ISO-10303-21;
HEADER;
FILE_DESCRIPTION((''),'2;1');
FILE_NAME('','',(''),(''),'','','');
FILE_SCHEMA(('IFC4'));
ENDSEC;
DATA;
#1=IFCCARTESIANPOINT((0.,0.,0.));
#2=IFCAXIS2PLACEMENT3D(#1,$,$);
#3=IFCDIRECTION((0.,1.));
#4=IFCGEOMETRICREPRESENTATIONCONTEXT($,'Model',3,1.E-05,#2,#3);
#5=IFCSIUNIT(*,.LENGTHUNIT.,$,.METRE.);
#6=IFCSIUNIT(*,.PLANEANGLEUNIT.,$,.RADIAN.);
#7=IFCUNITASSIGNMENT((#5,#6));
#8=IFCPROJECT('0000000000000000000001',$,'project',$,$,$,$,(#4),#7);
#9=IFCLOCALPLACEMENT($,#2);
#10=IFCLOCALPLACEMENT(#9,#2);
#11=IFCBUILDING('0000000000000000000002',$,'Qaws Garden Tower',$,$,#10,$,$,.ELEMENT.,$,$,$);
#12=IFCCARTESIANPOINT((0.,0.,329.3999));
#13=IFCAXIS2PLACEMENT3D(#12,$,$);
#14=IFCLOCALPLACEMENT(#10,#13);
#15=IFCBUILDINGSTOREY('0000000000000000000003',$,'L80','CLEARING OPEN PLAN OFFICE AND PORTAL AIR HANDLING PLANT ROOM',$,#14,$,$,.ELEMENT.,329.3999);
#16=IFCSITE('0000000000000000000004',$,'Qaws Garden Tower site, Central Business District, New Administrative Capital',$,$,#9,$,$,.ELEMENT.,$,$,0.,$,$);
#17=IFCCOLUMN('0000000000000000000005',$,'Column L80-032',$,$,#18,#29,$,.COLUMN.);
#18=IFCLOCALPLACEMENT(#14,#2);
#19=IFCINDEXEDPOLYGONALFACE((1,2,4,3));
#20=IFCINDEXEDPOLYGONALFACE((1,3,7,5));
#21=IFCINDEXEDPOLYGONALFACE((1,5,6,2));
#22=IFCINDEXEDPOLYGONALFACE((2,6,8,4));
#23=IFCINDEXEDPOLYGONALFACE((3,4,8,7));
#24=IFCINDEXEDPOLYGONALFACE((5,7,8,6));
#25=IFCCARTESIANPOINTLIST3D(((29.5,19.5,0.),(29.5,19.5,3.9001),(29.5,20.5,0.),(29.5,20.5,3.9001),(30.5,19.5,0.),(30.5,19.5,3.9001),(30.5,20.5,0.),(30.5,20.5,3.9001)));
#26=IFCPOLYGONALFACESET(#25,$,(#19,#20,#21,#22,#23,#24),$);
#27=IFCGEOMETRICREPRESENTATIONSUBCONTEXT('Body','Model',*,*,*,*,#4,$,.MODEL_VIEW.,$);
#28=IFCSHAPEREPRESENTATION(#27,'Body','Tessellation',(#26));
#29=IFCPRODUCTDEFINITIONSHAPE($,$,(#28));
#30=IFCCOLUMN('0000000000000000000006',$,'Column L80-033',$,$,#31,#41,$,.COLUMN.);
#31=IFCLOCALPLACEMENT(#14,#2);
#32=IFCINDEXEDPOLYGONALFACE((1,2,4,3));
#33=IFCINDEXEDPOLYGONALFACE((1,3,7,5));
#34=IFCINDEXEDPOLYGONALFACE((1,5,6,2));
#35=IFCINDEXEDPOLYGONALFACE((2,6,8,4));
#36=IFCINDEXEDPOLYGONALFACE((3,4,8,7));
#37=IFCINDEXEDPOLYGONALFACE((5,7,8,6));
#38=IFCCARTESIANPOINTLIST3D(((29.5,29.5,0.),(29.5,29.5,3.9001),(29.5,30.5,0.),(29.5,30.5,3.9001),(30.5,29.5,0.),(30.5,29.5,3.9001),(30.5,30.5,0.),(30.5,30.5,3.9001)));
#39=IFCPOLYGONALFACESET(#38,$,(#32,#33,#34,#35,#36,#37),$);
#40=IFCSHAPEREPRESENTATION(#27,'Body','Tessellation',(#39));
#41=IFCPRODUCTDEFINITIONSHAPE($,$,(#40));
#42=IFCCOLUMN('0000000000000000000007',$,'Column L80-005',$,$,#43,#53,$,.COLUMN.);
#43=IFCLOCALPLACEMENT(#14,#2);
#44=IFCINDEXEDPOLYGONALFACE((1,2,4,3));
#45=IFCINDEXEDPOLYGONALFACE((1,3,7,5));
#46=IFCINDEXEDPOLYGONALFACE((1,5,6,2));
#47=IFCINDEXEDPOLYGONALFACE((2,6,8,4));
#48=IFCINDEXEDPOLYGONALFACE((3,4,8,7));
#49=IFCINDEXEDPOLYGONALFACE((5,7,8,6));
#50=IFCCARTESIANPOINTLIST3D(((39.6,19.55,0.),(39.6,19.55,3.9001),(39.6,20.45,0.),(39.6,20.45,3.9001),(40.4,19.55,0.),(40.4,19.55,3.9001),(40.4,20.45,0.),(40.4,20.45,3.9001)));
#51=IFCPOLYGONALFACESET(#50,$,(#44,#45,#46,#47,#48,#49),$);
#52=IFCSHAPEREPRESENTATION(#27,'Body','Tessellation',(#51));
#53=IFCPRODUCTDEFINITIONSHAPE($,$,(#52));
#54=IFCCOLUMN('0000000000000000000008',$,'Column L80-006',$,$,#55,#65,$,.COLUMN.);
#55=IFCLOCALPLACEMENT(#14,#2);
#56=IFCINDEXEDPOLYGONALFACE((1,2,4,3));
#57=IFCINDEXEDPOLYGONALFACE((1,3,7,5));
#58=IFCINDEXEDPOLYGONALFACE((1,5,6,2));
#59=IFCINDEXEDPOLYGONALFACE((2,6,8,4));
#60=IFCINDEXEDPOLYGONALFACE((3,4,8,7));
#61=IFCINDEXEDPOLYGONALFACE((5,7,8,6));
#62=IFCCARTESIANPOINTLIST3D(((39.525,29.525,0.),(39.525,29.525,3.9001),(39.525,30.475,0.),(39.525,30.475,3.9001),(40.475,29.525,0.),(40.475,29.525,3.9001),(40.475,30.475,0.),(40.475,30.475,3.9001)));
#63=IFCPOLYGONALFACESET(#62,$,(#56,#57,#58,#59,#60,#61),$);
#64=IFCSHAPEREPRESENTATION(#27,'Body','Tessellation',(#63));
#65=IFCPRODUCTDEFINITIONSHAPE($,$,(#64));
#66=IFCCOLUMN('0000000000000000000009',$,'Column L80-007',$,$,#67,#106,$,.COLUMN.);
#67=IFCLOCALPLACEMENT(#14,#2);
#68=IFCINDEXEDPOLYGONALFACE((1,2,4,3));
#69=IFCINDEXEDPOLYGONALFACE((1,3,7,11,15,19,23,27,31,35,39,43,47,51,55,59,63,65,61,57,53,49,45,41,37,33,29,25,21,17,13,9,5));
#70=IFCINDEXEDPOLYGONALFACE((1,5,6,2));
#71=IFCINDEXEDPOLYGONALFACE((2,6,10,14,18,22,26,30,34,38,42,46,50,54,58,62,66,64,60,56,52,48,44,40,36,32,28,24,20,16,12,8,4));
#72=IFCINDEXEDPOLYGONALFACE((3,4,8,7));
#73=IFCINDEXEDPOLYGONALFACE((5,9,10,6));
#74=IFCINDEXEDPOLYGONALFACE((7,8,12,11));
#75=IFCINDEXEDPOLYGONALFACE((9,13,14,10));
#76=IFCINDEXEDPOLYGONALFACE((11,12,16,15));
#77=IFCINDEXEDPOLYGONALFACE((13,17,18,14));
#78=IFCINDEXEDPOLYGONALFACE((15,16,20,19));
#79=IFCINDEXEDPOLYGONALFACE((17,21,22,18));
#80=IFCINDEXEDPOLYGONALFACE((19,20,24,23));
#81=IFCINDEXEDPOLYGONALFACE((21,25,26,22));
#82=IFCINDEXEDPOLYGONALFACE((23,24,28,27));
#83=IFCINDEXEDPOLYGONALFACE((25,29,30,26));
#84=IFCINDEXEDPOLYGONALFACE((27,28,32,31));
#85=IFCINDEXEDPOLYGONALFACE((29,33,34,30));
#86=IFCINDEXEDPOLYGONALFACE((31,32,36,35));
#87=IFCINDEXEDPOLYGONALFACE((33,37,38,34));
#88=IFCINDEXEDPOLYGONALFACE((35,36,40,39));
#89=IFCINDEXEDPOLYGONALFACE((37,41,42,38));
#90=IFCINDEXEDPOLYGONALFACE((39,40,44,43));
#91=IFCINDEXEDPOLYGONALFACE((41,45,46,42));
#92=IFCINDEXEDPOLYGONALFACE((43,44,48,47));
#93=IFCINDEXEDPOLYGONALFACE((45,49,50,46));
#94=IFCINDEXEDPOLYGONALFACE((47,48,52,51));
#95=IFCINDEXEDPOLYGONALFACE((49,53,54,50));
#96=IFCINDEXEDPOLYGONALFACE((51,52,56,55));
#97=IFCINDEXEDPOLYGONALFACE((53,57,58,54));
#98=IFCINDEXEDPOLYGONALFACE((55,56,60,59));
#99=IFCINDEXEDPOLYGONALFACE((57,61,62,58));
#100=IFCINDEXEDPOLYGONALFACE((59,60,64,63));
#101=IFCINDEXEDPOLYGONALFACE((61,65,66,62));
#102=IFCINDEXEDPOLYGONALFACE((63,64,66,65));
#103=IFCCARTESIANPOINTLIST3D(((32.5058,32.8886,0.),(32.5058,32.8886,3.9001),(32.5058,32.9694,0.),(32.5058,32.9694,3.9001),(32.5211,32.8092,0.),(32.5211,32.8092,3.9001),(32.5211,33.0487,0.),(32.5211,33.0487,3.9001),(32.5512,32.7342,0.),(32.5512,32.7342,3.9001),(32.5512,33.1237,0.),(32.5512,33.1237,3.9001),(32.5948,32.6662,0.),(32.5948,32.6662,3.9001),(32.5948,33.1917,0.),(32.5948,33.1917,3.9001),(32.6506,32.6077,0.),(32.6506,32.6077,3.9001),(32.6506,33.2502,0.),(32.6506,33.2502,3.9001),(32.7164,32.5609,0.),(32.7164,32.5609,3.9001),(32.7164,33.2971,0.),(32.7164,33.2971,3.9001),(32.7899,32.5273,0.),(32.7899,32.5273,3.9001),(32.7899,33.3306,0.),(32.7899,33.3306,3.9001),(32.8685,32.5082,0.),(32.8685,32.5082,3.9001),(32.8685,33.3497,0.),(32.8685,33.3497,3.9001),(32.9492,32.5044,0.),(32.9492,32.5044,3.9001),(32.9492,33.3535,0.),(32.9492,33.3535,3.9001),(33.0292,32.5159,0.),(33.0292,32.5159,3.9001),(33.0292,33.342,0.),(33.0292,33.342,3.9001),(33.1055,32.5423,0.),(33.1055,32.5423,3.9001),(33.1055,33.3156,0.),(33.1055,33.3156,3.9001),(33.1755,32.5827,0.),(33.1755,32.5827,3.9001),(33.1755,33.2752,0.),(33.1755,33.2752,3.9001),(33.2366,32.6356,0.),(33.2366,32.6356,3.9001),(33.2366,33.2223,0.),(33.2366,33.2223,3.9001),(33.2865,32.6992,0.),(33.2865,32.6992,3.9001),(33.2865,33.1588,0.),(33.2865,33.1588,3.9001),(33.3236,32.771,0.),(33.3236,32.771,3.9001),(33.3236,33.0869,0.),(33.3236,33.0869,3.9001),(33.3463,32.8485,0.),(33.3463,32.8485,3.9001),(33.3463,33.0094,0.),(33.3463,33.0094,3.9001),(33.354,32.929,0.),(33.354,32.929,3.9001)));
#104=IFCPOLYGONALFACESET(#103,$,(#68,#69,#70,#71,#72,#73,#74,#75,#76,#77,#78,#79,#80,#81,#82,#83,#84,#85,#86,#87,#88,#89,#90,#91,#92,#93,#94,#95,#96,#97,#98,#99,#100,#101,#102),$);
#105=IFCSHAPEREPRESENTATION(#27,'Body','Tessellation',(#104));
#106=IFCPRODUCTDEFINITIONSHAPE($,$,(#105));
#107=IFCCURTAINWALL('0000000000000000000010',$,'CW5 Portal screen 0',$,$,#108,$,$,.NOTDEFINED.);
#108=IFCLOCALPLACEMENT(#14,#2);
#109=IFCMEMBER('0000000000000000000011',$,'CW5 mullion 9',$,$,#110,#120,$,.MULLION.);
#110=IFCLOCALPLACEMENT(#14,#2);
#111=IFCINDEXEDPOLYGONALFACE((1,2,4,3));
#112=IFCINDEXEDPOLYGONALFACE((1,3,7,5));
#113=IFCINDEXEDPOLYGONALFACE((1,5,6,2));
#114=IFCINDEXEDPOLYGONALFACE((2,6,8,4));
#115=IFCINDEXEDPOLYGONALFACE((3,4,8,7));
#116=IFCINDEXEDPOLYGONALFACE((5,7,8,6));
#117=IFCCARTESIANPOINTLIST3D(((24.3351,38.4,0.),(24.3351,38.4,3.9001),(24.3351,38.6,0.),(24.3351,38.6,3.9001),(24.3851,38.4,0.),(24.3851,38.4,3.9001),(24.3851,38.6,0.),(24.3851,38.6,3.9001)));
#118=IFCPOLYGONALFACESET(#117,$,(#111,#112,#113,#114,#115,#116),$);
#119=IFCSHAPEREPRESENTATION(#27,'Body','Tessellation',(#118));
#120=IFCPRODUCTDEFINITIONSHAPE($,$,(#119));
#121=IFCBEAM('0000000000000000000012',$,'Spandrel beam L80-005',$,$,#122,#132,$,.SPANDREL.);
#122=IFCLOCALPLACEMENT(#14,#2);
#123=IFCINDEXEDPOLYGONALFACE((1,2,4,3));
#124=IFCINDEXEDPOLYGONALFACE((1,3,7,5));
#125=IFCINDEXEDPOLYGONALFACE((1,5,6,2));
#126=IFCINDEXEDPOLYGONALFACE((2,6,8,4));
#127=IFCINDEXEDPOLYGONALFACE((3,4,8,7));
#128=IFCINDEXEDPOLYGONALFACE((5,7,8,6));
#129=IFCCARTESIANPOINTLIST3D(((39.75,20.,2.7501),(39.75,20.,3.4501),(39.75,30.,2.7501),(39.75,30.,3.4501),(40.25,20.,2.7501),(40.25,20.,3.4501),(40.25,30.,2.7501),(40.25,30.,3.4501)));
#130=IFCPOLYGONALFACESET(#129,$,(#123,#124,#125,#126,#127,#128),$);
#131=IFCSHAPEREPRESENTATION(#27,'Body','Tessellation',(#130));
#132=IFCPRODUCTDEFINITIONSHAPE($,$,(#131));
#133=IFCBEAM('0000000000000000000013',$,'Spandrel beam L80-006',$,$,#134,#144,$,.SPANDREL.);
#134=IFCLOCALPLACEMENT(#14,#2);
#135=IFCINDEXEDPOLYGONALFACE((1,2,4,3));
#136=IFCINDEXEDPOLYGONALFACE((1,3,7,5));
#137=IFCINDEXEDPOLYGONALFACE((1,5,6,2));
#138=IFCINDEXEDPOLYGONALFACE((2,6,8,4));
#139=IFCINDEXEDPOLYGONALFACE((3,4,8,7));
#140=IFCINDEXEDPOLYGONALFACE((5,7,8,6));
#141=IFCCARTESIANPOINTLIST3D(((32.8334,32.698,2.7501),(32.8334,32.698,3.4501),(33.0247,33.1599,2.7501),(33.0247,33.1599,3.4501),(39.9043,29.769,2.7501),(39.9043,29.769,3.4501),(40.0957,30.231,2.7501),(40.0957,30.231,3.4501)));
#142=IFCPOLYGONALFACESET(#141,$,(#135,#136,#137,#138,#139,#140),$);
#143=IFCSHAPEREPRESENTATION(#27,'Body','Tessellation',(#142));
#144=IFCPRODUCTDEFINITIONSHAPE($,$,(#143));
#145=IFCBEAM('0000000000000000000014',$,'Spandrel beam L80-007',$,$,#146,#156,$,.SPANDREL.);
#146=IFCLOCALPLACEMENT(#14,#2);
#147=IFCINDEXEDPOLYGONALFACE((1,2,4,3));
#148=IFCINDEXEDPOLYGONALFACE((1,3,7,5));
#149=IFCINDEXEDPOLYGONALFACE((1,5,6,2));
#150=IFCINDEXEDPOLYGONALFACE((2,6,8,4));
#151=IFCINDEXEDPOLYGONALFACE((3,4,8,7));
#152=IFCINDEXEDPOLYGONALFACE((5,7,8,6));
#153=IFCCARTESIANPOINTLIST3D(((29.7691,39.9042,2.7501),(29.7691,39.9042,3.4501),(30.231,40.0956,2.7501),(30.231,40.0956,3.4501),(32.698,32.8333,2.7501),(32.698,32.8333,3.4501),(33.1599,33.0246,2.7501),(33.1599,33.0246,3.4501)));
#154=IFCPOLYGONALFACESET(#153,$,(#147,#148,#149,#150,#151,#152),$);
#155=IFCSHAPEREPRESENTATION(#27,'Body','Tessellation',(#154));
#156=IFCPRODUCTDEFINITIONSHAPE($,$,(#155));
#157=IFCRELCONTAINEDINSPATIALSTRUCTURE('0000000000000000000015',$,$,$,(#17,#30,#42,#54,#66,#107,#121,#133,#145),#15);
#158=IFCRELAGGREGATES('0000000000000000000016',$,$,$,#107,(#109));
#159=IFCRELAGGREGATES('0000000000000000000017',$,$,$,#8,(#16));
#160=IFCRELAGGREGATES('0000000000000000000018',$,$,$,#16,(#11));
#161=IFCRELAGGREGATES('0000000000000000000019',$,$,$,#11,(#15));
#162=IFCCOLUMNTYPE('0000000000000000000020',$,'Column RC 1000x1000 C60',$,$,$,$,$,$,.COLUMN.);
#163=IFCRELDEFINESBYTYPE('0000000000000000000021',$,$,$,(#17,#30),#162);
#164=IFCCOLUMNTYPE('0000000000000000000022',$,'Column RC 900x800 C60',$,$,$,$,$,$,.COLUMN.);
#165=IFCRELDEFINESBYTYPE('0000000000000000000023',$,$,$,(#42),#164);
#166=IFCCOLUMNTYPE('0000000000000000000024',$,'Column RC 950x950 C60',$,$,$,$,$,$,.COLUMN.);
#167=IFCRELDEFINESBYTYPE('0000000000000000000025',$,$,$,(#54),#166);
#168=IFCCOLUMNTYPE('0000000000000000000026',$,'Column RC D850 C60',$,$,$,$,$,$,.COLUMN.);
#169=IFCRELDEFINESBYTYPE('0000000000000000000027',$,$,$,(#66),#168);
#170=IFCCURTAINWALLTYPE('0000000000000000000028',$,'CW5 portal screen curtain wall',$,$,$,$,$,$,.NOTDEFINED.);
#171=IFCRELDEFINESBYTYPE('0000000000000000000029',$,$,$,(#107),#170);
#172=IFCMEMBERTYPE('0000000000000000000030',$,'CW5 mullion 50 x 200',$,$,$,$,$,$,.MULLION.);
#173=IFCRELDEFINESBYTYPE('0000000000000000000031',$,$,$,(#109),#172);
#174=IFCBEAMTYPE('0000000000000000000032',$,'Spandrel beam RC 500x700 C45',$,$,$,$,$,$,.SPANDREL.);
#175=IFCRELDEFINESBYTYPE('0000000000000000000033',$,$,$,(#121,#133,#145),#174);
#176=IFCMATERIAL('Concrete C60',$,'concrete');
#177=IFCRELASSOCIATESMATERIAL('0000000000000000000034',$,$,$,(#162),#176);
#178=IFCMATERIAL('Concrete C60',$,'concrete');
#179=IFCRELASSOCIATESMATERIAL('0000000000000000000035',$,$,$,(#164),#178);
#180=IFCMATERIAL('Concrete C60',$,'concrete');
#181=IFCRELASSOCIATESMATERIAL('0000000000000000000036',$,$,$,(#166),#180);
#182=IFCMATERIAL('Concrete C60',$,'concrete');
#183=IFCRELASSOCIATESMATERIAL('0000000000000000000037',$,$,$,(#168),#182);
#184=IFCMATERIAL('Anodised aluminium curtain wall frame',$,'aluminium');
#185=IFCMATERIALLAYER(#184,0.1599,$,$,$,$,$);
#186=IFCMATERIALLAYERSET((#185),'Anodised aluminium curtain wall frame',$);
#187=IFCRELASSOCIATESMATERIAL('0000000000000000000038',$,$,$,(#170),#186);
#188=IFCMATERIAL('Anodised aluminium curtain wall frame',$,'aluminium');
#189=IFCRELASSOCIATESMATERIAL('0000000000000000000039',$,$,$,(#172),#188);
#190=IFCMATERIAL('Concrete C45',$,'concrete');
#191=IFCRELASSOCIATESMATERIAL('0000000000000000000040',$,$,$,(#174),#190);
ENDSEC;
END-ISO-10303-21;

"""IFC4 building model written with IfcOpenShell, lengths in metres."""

from ifc_helpers import new_model, si_unit, direction, frame, origin, origin_2d, place, context, subcontext, project, spatial, rectangle, circle, extrude, material, layer, layer_set, material_profile, profile_set, type_object, element, aggregate, save


model = new_model("IFC4")

# Units and contexts
model_context = context("Model", 3, precision=1e-05, world=origin(), true_north=direction((0.0, 1.0)))
body_context = subcontext(model_context, "Body", "Model", "MODEL_VIEW")
ifc_project = project(units=[si_unit("LENGTHUNIT", "METRE"), si_unit("PLANEANGLEUNIT", "RADIAN")], contexts=[model_context])

# Site, building, storey
site_placement = place(None, origin())
site = spatial("IfcSite", under=ifc_project, at=site_placement, Name="Qaws Garden Tower site, Central Business District, New Administrative Capital", CompositionType="ELEMENT", RefElevation=0.0)
building_placement = place(site_placement, origin())
building = spatial("IfcBuilding", under=site, at=building_placement, Name="Qaws Garden Tower", CompositionType="ELEMENT")
storey_placement = place(building_placement, frame((0.0, 0.0, 329.3999)))
storey = spatial("IfcBuildingStorey", under=building, at=storey_placement, Name="L80", Description="CLEARING OPEN PLAN OFFICE AND PORTAL AIR HANDLING PLANT ROOM", CompositionType="ELEMENT", Elevation=329.3999)

# Columns
ifc_material_1 = material(Name="Concrete C60", Category="concrete")
ifc_material_profile_1 = material_profile(ifc_material_1, rectangle(XDim=1.0, YDim=1.0, at=origin_2d()), Name="RC 1000x1000")
ifc_profile_set_1 = profile_set([ifc_material_profile_1], Name="Concrete C60")
column_type_1 = type_object("IfcColumnType", Name="Column RC 1000x1000 C60", PredefinedType="COLUMN", material=ifc_profile_set_1)
for number, where, z_axis, x_axis, name in (
    (1, (30.0, 20.0, 0.0), (0.0, 0.0, 1.0), (1.0, 0.0, 0.0), "Column L80-032"),
    (2, (30.0, 30.0, 0.0), (0.0, 0.0, 1.0), (1.0, 0.0, 0.0), "Column L80-033"),
):
    element("IfcColumn", number, at=place(storey_placement, frame(where, z_axis=z_axis, x_axis=x_axis)), inside=storey, type_object=column_type_1, Name=name, PredefinedType="COLUMN", context=body_context, shape_type="SweptSolid", body=[
        extrude(rectangle(XDim=1.0, YDim=1.0, at=origin_2d()), origin(), (0.0, 0.0, 1.0), 3.9001),
    ])
ifc_material_2 = material(Name="Concrete C60", Category="concrete")
ifc_material_profile_2 = material_profile(ifc_material_2, rectangle(XDim=0.8999, YDim=0.8, at=origin_2d()), Name="RC 900x800")
ifc_profile_set_2 = profile_set([ifc_material_profile_2], Name="Concrete C60")
column_type_2 = type_object("IfcColumnType", Name="Column RC 900x800 C60", PredefinedType="COLUMN", material=ifc_profile_set_2)
column_1_placement = place(storey_placement, frame((40.0, 20.0, 0.0), z_axis=(0.0, 0.0, 1.0), x_axis=(0.0, 1.0, 0.0)))
element("IfcColumn", 3, at=column_1_placement, inside=storey, type_object=column_type_2, Name="Column L80-005", PredefinedType="COLUMN", context=body_context, shape_type="SweptSolid", body=[
    extrude(rectangle(XDim=0.8999, YDim=0.8, at=origin_2d()), origin(), (0.0, 0.0, 1.0), 3.9001),
])
ifc_material_3 = material(Name="Concrete C60", Category="concrete")
ifc_material_profile_3 = material_profile(ifc_material_3, rectangle(XDim=0.95, YDim=0.95, at=origin_2d()), Name="RC 950x950")
ifc_profile_set_3 = profile_set([ifc_material_profile_3], Name="Concrete C60")
column_type_3 = type_object("IfcColumnType", Name="Column RC 950x950 C60", PredefinedType="COLUMN", material=ifc_profile_set_3)
column_2_placement = place(storey_placement, frame((40.0, 30.0, 0.0), z_axis=(0.0, 0.0, 1.0), x_axis=(1.0, 0.0, 0.0)))
element("IfcColumn", 4, at=column_2_placement, inside=storey, type_object=column_type_3, Name="Column L80-006", PredefinedType="COLUMN", context=body_context, shape_type="SweptSolid", body=[
    extrude(rectangle(XDim=0.95, YDim=0.95, at=origin_2d()), origin(), (0.0, 0.0, 1.0), 3.9001),
])
ifc_material_4 = material(Name="Concrete C60", Category="concrete")
ifc_material_profile_4 = material_profile(ifc_material_4, circle(Radius=0.425, at=origin_2d()), Name="RC D850")
ifc_profile_set_4 = profile_set([ifc_material_profile_4], Name="Concrete C60")
column_type_4 = type_object("IfcColumnType", Name="Column RC D850 C60", PredefinedType="COLUMN", material=ifc_profile_set_4)
column_3_placement = place(storey_placement, frame((32.929, 32.929, 0.0), z_axis=(0.0, 0.0, 1.0), x_axis=(1.0, 0.0, 0.0)))
element("IfcColumn", 5, at=column_3_placement, inside=storey, type_object=column_type_4, Name="Column L80-007", PredefinedType="COLUMN", context=body_context, shape_type="SweptSolid", body=[
    extrude(circle(Radius=0.425, at=origin_2d()), origin(), (0.0, 0.0, 1.0), 3.9001),
])

# Curtain wall, member
ifc_material_5 = material(Name="Anodised aluminium curtain wall frame", Category="aluminium")
ifc_layer_1 = layer(ifc_material_5, 0.1599)
ifc_layer_set_1 = layer_set([ifc_layer_1], Name="Anodised aluminium curtain wall frame")
curtain_wall_type = type_object("IfcCurtainWallType", Name="CW5 portal screen curtain wall", PredefinedType="NOTDEFINED", material=ifc_layer_set_1)
curtain_wall_placement = place(storey_placement, origin())
curtain_wall = element("IfcCurtainWall", 6, at=curtain_wall_placement, inside=storey, type_object=curtain_wall_type, Name="CW5 Portal screen 0", PredefinedType="NOTDEFINED")
ifc_material_6 = material(Name="Anodised aluminium curtain wall frame", Category="aluminium")
ifc_material_profile_5 = material_profile(ifc_material_6, rectangle(XDim=0.2, YDim=0.05, at=origin_2d()), Name="AL 50x200")
ifc_profile_set_5 = profile_set([ifc_material_profile_5], Name="Anodised aluminium curtain wall frame")
member_type = type_object("IfcMemberType", Name="CW5 mullion 50 x 200", PredefinedType="MULLION", material=ifc_profile_set_5)
member_placement = place(storey_placement, frame((24.3601, 38.5, 0.0), z_axis=(0.0, 0.0, 1.0), x_axis=(0.0, 1.0, 0.0)))
member = element("IfcMember", 7, at=member_placement, type_object=member_type, Name="CW5 mullion 9", PredefinedType="MULLION", context=body_context, shape_type="SweptSolid", body=[
    extrude(rectangle(XDim=0.2, YDim=0.05, at=origin_2d()), origin(), (0.0, 0.0, 1.0), 3.9001),
])
aggregate(curtain_wall, [member])

# Beams
ifc_material_7 = material(Name="Concrete C45", Category="concrete")
ifc_material_profile_6 = material_profile(ifc_material_7, rectangle(XDim=0.5, YDim=0.7, at=origin_2d()), Name="RC 500x700")
ifc_profile_set_6 = profile_set([ifc_material_profile_6], Name="Concrete C45")
beam_type = type_object("IfcBeamType", Name="Spandrel beam RC 500x700 C45", PredefinedType="SPANDREL", material=ifc_profile_set_6)
beam_placement = place(storey_placement, frame((40.0, 20.0, 3.1001), z_axis=(0.0, 1.0, 0.0), x_axis=(-1.0, 0.0, 0.0)))
element("IfcBeam", 8, at=beam_placement, inside=storey, type_object=beam_type, Name="Spandrel beam L80-005", PredefinedType="SPANDREL", context=body_context, shape_type="SweptSolid", body=[
    extrude(rectangle(XDim=0.5, YDim=0.7, at=origin_2d()), origin(), (0.0, 0.0, 1.0), 10.0),
])
for number, where, z_axis, x_axis, name in (
    (9, (40.0, 30.0, 3.1001), (-0.923878, 0.382687, 0.0), (-0.382687, -0.923878, 0.0), "Spandrel beam L80-006"),
    (10, (32.929, 32.929, 3.1001), (-0.382687, 0.923878, 0.0), (-0.923878, -0.382687, 0.0), "Spandrel beam L80-007"),
):
    element("IfcBeam", number, at=place(storey_placement, frame(where, z_axis=z_axis, x_axis=x_axis)), inside=storey, type_object=beam_type, Name=name, PredefinedType="SPANDREL", context=body_context, shape_type="SweptSolid", body=[
        extrude(rectangle(XDim=0.5, YDim=0.7, at=origin_2d()), origin(), (0.0, 0.0, 1.0), 7.6536),
    ])

save(model, "model.ifc")
